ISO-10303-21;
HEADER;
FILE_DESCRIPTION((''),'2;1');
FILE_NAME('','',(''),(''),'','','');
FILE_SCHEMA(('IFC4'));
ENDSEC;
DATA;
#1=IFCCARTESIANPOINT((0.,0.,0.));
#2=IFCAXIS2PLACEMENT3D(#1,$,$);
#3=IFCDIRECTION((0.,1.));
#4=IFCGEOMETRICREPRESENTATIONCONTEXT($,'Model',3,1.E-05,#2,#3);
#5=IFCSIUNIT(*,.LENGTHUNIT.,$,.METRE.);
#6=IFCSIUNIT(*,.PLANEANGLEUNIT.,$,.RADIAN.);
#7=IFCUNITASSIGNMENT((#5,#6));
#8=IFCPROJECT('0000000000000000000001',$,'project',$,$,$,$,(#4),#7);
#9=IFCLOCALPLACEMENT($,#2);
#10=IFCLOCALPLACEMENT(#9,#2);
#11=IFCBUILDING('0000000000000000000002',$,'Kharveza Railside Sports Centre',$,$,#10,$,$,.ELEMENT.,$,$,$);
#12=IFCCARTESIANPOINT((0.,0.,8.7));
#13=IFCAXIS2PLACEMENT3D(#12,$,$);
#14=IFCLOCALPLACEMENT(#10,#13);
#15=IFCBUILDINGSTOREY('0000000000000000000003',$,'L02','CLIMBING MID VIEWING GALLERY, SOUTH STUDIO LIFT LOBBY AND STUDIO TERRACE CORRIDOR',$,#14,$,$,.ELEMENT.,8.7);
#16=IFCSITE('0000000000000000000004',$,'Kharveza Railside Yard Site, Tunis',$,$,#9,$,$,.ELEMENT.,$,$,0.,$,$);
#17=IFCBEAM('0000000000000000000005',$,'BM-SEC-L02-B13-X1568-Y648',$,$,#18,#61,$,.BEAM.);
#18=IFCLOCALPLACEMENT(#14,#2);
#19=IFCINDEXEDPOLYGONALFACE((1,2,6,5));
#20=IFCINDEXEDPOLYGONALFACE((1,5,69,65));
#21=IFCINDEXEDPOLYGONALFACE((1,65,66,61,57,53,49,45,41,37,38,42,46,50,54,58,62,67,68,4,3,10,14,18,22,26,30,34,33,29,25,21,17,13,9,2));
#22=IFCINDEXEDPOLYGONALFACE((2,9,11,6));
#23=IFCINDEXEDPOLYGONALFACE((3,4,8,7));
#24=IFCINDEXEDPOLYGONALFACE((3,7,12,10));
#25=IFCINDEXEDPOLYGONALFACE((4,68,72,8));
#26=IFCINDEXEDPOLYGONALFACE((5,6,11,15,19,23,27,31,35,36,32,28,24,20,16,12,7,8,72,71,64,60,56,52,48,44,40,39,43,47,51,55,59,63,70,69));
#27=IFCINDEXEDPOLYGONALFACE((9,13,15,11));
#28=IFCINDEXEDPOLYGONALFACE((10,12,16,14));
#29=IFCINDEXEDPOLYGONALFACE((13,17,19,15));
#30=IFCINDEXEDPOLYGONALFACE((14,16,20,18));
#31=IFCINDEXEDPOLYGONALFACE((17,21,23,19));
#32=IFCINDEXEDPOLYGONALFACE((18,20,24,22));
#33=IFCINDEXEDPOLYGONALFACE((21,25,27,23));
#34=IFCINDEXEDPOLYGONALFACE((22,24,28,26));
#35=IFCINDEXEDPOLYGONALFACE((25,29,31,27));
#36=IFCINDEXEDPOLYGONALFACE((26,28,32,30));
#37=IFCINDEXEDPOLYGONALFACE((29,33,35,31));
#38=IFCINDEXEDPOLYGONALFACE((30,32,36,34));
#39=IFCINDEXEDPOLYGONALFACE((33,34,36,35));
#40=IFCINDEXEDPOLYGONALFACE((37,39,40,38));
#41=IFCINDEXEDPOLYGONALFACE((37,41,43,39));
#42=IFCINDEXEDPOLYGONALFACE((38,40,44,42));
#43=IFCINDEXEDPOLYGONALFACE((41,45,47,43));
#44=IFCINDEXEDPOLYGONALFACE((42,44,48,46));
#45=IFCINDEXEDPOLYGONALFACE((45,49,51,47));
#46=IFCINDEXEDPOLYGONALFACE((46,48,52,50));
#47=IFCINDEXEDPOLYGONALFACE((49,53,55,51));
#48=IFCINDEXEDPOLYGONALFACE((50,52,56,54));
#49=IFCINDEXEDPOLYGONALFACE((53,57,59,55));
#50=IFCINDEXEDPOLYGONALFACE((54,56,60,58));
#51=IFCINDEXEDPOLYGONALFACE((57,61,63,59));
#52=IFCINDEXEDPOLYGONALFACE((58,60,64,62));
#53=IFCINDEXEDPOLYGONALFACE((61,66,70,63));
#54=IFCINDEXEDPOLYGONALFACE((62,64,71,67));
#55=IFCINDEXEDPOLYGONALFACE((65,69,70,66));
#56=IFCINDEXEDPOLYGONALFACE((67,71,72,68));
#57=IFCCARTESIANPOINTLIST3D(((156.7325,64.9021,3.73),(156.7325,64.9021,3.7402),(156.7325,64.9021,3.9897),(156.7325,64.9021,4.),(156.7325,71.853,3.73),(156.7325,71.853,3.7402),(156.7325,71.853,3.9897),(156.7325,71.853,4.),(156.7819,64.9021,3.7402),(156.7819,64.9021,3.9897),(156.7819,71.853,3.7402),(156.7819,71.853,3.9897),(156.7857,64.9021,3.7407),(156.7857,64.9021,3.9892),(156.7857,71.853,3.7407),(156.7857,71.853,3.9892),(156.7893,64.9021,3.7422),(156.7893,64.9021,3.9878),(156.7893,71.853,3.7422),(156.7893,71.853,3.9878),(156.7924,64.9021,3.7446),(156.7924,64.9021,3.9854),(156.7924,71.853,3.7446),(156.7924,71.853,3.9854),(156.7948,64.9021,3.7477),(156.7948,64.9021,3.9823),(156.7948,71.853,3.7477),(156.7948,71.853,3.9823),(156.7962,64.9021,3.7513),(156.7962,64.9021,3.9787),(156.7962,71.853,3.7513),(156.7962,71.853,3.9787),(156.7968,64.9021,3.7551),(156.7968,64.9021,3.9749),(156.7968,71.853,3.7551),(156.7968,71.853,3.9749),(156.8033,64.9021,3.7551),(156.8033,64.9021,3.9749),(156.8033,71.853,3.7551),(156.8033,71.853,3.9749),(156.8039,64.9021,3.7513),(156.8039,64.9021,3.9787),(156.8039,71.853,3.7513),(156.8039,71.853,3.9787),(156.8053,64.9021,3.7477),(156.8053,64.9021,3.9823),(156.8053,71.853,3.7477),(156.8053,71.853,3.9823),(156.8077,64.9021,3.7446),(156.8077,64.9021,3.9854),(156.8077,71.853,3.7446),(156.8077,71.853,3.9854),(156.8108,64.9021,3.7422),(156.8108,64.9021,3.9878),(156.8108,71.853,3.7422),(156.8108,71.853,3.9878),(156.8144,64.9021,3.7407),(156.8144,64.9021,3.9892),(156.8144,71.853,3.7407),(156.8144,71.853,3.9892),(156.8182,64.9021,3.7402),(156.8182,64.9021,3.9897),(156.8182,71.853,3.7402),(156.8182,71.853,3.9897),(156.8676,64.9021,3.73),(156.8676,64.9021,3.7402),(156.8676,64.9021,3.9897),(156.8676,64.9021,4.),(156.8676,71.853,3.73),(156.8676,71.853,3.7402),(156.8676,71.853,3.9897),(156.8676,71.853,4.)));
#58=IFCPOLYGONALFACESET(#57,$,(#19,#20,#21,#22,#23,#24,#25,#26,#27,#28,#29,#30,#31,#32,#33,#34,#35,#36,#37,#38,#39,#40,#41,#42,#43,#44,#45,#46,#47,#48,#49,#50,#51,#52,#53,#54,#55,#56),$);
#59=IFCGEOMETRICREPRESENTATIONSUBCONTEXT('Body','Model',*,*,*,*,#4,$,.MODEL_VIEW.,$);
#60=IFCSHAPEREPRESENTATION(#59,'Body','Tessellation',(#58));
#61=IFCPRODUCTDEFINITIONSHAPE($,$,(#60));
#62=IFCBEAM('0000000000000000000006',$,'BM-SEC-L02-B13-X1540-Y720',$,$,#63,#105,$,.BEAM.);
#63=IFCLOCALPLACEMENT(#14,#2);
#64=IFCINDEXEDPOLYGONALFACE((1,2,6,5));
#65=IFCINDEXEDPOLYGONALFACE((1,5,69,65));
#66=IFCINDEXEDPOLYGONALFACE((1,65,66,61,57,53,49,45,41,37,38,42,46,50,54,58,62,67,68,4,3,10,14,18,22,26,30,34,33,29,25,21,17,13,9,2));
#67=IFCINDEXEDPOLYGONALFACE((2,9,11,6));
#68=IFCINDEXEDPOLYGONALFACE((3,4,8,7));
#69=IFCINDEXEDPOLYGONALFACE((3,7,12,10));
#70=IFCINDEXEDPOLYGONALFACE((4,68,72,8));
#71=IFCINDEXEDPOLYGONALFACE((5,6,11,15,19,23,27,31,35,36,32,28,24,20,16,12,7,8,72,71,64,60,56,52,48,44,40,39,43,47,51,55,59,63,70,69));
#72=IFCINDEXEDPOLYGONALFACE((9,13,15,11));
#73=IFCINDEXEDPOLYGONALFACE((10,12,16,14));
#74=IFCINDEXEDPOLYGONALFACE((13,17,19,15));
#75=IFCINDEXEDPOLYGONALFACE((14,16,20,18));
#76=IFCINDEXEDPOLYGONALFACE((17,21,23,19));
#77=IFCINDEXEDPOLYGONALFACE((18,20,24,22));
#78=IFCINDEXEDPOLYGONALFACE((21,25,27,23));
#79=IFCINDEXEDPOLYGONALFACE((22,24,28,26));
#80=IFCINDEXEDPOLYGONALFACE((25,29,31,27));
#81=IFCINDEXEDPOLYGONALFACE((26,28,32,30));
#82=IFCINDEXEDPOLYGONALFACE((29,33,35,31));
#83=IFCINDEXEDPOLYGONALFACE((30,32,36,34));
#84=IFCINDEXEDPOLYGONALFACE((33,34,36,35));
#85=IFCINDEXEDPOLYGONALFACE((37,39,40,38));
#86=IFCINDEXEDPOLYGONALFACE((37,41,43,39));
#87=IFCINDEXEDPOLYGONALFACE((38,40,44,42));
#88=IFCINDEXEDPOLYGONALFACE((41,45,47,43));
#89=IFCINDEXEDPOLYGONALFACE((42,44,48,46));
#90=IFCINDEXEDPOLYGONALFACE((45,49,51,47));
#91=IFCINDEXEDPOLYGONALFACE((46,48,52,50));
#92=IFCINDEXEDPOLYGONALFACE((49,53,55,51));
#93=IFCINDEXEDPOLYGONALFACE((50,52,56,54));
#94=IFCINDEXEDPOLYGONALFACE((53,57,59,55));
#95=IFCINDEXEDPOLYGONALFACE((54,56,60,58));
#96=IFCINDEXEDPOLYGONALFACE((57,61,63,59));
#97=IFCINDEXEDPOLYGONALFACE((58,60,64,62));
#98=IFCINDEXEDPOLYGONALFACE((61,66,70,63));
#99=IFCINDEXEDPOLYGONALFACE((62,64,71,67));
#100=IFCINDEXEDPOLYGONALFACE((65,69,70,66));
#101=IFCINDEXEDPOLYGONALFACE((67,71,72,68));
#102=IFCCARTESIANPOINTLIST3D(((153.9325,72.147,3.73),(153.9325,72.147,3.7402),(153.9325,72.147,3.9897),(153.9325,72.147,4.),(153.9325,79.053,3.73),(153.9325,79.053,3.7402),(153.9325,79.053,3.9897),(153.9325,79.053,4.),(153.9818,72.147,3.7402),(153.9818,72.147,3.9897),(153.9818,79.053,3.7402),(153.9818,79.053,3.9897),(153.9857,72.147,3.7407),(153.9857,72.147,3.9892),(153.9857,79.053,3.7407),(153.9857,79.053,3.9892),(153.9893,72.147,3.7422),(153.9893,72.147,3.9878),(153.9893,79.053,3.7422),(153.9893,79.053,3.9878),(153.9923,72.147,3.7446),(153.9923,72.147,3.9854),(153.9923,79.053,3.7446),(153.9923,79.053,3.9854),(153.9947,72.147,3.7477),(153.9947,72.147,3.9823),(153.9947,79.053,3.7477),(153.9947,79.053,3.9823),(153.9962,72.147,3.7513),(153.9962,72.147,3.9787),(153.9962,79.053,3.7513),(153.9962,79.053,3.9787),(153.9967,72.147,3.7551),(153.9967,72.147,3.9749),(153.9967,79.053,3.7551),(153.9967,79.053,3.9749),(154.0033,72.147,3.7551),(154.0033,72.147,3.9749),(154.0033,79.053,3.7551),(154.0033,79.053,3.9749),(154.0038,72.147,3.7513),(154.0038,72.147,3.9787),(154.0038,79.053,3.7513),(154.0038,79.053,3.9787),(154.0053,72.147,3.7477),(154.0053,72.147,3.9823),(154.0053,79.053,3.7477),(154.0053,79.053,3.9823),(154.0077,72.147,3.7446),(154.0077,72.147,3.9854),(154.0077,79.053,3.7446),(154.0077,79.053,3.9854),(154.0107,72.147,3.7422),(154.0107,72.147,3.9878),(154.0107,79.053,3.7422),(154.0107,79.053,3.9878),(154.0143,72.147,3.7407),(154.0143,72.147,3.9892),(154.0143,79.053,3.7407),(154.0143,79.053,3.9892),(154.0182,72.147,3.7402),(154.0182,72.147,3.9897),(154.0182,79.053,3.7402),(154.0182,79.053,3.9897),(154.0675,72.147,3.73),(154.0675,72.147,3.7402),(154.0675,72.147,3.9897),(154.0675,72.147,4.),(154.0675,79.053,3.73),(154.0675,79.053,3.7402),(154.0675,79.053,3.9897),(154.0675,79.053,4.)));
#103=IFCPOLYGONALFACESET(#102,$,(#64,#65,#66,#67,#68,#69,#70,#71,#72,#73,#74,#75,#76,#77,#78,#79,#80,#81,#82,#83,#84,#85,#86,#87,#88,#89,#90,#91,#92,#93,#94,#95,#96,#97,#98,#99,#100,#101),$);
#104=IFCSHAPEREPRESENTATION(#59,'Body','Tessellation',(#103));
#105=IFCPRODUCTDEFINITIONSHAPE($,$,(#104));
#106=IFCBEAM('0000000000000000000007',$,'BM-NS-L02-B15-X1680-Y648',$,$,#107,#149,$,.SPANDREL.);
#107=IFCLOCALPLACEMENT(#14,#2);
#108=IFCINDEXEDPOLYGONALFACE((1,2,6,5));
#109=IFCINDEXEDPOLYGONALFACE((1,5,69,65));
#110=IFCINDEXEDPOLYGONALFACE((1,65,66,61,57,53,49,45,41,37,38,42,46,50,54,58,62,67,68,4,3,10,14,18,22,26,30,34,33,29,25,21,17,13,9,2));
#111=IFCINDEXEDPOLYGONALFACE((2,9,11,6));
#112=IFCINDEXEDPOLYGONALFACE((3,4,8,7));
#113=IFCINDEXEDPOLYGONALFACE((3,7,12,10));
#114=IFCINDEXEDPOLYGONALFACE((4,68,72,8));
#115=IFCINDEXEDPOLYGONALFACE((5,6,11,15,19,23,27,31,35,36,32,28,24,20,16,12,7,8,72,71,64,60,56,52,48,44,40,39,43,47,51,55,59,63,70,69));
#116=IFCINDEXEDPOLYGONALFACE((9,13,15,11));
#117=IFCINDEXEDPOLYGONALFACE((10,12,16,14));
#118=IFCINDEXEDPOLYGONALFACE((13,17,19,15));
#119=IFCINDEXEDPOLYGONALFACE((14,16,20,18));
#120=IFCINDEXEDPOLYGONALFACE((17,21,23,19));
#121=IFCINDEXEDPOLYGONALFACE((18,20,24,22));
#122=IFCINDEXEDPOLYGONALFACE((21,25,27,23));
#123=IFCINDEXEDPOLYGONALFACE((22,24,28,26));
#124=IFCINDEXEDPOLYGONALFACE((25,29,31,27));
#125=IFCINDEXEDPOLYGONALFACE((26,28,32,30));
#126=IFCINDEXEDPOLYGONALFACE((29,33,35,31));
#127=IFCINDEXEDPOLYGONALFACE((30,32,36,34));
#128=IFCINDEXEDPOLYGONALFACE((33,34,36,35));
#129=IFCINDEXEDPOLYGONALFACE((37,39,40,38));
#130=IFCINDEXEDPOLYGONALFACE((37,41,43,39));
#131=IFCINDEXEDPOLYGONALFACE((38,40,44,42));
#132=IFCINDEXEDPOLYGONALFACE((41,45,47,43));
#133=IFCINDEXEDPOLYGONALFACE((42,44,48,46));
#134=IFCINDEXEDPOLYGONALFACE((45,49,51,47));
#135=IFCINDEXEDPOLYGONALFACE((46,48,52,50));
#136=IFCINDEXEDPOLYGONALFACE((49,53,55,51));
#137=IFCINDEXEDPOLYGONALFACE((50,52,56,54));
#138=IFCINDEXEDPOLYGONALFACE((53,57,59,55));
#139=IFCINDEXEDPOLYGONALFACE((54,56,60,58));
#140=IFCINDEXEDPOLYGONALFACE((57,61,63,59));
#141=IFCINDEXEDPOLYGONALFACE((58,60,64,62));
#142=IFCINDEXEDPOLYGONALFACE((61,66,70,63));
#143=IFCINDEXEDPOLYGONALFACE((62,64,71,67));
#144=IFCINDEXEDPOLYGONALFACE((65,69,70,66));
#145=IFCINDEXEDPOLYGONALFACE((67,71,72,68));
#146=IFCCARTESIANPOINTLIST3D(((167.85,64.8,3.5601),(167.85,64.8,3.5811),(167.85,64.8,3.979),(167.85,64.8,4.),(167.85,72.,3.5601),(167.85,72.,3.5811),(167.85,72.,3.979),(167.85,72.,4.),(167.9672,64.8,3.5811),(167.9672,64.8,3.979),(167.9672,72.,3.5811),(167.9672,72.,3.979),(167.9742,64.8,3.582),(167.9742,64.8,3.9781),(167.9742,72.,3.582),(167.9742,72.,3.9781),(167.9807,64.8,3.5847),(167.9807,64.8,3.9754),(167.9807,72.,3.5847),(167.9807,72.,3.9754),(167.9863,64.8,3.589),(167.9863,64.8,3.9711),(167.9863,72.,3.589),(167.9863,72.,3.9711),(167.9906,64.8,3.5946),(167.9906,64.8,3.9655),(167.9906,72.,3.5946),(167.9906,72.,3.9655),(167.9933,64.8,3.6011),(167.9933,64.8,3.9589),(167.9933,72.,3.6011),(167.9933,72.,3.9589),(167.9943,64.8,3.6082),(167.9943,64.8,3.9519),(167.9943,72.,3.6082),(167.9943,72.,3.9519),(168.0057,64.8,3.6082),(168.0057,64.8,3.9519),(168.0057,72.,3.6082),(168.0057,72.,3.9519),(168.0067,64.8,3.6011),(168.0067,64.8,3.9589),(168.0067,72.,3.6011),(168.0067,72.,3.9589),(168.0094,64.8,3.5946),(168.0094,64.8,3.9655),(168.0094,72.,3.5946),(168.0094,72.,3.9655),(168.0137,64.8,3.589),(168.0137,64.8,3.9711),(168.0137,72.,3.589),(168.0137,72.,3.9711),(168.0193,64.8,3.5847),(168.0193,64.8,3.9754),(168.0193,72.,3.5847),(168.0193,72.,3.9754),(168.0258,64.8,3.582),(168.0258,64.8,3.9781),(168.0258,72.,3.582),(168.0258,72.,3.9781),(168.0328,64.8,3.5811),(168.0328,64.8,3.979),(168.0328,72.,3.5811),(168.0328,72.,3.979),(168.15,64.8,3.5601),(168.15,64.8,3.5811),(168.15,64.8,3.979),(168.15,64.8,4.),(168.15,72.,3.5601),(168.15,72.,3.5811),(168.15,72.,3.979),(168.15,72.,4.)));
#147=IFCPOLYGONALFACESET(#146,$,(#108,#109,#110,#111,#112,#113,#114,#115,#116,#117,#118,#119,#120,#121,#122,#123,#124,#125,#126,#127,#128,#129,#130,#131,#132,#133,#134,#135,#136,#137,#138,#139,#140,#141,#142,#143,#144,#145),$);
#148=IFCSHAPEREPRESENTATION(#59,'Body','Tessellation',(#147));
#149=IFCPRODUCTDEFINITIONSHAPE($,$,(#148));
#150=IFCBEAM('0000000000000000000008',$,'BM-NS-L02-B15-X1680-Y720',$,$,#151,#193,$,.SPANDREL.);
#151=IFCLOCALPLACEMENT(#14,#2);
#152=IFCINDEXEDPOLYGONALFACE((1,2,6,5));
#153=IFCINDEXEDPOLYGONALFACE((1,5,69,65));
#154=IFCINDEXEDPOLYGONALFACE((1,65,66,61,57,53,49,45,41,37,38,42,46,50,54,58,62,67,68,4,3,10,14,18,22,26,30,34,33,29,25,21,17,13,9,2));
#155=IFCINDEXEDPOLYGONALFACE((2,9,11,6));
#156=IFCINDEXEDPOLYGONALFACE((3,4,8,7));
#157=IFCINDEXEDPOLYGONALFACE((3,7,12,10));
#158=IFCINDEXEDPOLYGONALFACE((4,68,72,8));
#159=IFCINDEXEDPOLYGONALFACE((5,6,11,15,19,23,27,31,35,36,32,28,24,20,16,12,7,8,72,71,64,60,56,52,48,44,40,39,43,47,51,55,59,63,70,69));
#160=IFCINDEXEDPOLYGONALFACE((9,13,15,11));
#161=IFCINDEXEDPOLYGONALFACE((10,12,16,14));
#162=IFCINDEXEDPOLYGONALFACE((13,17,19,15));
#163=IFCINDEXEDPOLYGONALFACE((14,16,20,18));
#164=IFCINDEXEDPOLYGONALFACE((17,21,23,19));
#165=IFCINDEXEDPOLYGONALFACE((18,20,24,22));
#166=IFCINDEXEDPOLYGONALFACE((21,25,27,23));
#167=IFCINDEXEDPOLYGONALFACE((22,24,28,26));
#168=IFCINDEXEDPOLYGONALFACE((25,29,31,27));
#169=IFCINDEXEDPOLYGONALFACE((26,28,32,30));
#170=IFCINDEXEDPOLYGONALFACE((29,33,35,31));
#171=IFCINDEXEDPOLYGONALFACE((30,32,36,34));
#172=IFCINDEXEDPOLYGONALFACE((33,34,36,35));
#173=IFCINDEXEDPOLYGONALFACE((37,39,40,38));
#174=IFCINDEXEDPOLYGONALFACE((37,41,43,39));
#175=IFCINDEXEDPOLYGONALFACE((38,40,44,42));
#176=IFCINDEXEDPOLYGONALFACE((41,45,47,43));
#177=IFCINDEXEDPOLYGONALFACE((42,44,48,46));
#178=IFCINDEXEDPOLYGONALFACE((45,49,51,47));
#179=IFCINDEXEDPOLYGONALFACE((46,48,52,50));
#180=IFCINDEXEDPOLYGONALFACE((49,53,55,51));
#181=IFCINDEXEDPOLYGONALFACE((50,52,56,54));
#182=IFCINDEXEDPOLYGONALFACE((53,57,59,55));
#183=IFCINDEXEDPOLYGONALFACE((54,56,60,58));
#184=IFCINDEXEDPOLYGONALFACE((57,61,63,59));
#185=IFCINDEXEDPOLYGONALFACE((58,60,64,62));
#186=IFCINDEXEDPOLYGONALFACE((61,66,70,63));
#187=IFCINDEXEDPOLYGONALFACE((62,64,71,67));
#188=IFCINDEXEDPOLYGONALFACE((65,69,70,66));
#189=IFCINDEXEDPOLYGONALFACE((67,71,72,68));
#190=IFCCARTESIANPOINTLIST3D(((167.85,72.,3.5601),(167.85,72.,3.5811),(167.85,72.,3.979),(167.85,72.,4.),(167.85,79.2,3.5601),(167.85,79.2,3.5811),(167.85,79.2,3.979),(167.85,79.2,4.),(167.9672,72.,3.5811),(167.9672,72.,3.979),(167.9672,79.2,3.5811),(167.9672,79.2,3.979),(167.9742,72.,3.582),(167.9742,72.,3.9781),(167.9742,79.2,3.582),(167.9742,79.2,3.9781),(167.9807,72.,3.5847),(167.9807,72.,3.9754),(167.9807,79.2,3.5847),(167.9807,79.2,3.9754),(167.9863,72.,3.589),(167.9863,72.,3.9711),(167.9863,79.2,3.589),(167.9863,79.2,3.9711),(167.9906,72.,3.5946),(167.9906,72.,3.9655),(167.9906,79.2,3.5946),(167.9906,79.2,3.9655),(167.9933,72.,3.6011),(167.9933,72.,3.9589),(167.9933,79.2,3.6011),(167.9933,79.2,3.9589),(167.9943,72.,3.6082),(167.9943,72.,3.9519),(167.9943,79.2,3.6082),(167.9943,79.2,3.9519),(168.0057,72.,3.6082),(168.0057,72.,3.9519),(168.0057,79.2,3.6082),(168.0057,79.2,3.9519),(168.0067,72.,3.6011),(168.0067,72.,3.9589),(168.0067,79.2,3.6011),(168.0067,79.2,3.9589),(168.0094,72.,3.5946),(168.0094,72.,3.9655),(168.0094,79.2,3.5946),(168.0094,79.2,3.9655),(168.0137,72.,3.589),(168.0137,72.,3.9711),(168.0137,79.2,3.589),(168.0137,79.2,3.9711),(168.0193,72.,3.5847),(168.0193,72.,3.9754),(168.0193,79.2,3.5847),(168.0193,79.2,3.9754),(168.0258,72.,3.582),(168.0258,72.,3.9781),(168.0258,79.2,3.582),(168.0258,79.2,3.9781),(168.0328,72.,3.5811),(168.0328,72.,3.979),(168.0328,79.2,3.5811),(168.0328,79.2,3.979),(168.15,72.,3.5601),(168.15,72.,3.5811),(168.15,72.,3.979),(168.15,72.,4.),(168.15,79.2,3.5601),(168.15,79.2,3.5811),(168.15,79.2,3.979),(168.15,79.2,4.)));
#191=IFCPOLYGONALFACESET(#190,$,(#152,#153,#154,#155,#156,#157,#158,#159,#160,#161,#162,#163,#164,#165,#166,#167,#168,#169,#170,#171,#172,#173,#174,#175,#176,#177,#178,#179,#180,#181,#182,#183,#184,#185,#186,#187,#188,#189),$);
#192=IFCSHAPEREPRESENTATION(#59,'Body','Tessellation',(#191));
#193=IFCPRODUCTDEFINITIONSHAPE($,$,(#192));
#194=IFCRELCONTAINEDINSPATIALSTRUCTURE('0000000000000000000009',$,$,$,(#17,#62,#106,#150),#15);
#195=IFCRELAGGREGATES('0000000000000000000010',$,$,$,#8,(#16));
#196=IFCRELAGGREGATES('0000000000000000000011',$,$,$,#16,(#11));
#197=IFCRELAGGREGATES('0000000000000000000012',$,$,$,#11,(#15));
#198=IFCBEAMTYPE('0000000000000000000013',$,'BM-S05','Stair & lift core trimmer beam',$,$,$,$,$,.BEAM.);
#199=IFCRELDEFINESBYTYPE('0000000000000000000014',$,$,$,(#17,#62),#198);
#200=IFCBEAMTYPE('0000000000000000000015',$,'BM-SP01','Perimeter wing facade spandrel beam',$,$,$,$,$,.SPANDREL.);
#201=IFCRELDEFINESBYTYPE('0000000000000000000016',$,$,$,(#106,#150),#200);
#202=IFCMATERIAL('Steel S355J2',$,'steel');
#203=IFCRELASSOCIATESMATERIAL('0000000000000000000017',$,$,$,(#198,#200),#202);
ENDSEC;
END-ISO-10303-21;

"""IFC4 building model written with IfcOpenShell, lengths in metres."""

from ifc_helpers import new_model, si_unit, direction, frame, origin, origin_2d, place, context, subcontext, project, spatial, i_section, extrude, material, material_profile, profile_set, type_object, element, save


model = new_model("IFC4")

# Units and contexts
model_context = context("Model", 3, precision=1e-05, world=origin(), true_north=direction((0.0, 1.0)))
body_context = subcontext(model_context, "Body", "Model", "MODEL_VIEW")
ifc_project = project(units=[si_unit("LENGTHUNIT", "METRE"), si_unit("PLANEANGLEUNIT", "RADIAN")], contexts=[model_context])

# Site, building, storey
site_placement = place(None, origin())
site = spatial("IfcSite", under=ifc_project, at=site_placement, Name="Kharveza Railside Yard Site, Tunis", CompositionType="ELEMENT", RefElevation=0.0)
building_placement = place(site_placement, origin())
building = spatial("IfcBuilding", under=site, at=building_placement, Name="Kharveza Railside Sports Centre", CompositionType="ELEMENT")
storey_placement = place(building_placement, frame((0.0, 0.0, 8.7)))
storey = spatial("IfcBuildingStorey", under=building, at=storey_placement, Name="L02", Description="CLIMBING MID VIEWING GALLERY, SOUTH STUDIO LIFT LOBBY AND STUDIO TERRACE CORRIDOR", CompositionType="ELEMENT", Elevation=8.7)

# Shared definitions
ifc_material_1 = material(Name="Steel S355J2", Category="steel")

# Beams
ifc_material_profile_1 = material_profile(ifc_material_1, i_section(OverallWidth=0.135, OverallDepth=0.27, WebThickness=0.0066, FlangeThickness=0.0103, FilletRadius=0.0149, at=origin_2d()), Name="IPE 270")
ifc_profile_set_1 = profile_set([ifc_material_profile_1], Name="Steel S355J2")
beam_type_1 = type_object("IfcBeamType", Name="BM-S05", Description="Stair & lift core trimmer beam", PredefinedType="BEAM", material=ifc_profile_set_1)
beam_1_placement = place(storey_placement, frame((156.8, 64.9021, 3.865), z_axis=(0.0, 1.0, 0.0), x_axis=(-1.0, 0.0, 0.0)))
element("IfcBeam", 1, at=beam_1_placement, inside=storey, type_object=beam_type_1, Name="BM-SEC-L02-B13-X1568-Y648", PredefinedType="BEAM", context=body_context, shape_type="SweptSolid", body=[
    extrude(i_section(OverallWidth=0.135, OverallDepth=0.27, WebThickness=0.0066, FlangeThickness=0.0103, FilletRadius=0.0149, at=origin_2d()), origin(), (0.0, 0.0, 1.0), 6.9509),
])
beam_2_placement = place(storey_placement, frame((154.0, 72.147, 3.865), z_axis=(0.0, 1.0, 0.0), x_axis=(-1.0, 0.0, 0.0)))
element("IfcBeam", 2, at=beam_2_placement, inside=storey, type_object=beam_type_1, Name="BM-SEC-L02-B13-X1540-Y720", PredefinedType="BEAM", context=body_context, shape_type="SweptSolid", body=[
    extrude(i_section(OverallWidth=0.135, OverallDepth=0.27, WebThickness=0.0066, FlangeThickness=0.0103, FilletRadius=0.0149, at=origin_2d()), origin(), (0.0, 0.0, 1.0), 6.906),
])
ifc_material_profile_2 = material_profile(ifc_material_1, i_section(OverallWidth=0.3, OverallDepth=0.4399, WebThickness=0.0115, FlangeThickness=0.021, FilletRadius=0.0271, at=origin_2d()), Name="HEA 450")
ifc_profile_set_2 = profile_set([ifc_material_profile_2], Name="Steel S355J2")
beam_type_2 = type_object("IfcBeamType", Name="BM-SP01", Description="Perimeter wing facade spandrel beam", PredefinedType="SPANDREL", material=ifc_profile_set_2)
for number, where, z_axis, x_axis, name in (
    (3, (168.0, 64.8, 3.78), (0.0, 1.0, 0.0), (-1.0, 0.0, 0.0), "BM-NS-L02-B15-X1680-Y648"),
    (4, (168.0, 72.0, 3.78), (0.0, 1.0, 0.0), (-1.0, 0.0, 0.0), "BM-NS-L02-B15-X1680-Y720"),
):
    element("IfcBeam", number, at=place(storey_placement, frame(where, z_axis=z_axis, x_axis=x_axis)), inside=storey, type_object=beam_type_2, Name=name, PredefinedType="SPANDREL", context=body_context, shape_type="SweptSolid", body=[
        extrude(i_section(OverallWidth=0.3, OverallDepth=0.4399, WebThickness=0.0115, FlangeThickness=0.021, FilletRadius=0.0271, at=origin_2d()), origin(), (0.0, 0.0, 1.0), 7.2),
    ])

save(model, "model.ifc")
